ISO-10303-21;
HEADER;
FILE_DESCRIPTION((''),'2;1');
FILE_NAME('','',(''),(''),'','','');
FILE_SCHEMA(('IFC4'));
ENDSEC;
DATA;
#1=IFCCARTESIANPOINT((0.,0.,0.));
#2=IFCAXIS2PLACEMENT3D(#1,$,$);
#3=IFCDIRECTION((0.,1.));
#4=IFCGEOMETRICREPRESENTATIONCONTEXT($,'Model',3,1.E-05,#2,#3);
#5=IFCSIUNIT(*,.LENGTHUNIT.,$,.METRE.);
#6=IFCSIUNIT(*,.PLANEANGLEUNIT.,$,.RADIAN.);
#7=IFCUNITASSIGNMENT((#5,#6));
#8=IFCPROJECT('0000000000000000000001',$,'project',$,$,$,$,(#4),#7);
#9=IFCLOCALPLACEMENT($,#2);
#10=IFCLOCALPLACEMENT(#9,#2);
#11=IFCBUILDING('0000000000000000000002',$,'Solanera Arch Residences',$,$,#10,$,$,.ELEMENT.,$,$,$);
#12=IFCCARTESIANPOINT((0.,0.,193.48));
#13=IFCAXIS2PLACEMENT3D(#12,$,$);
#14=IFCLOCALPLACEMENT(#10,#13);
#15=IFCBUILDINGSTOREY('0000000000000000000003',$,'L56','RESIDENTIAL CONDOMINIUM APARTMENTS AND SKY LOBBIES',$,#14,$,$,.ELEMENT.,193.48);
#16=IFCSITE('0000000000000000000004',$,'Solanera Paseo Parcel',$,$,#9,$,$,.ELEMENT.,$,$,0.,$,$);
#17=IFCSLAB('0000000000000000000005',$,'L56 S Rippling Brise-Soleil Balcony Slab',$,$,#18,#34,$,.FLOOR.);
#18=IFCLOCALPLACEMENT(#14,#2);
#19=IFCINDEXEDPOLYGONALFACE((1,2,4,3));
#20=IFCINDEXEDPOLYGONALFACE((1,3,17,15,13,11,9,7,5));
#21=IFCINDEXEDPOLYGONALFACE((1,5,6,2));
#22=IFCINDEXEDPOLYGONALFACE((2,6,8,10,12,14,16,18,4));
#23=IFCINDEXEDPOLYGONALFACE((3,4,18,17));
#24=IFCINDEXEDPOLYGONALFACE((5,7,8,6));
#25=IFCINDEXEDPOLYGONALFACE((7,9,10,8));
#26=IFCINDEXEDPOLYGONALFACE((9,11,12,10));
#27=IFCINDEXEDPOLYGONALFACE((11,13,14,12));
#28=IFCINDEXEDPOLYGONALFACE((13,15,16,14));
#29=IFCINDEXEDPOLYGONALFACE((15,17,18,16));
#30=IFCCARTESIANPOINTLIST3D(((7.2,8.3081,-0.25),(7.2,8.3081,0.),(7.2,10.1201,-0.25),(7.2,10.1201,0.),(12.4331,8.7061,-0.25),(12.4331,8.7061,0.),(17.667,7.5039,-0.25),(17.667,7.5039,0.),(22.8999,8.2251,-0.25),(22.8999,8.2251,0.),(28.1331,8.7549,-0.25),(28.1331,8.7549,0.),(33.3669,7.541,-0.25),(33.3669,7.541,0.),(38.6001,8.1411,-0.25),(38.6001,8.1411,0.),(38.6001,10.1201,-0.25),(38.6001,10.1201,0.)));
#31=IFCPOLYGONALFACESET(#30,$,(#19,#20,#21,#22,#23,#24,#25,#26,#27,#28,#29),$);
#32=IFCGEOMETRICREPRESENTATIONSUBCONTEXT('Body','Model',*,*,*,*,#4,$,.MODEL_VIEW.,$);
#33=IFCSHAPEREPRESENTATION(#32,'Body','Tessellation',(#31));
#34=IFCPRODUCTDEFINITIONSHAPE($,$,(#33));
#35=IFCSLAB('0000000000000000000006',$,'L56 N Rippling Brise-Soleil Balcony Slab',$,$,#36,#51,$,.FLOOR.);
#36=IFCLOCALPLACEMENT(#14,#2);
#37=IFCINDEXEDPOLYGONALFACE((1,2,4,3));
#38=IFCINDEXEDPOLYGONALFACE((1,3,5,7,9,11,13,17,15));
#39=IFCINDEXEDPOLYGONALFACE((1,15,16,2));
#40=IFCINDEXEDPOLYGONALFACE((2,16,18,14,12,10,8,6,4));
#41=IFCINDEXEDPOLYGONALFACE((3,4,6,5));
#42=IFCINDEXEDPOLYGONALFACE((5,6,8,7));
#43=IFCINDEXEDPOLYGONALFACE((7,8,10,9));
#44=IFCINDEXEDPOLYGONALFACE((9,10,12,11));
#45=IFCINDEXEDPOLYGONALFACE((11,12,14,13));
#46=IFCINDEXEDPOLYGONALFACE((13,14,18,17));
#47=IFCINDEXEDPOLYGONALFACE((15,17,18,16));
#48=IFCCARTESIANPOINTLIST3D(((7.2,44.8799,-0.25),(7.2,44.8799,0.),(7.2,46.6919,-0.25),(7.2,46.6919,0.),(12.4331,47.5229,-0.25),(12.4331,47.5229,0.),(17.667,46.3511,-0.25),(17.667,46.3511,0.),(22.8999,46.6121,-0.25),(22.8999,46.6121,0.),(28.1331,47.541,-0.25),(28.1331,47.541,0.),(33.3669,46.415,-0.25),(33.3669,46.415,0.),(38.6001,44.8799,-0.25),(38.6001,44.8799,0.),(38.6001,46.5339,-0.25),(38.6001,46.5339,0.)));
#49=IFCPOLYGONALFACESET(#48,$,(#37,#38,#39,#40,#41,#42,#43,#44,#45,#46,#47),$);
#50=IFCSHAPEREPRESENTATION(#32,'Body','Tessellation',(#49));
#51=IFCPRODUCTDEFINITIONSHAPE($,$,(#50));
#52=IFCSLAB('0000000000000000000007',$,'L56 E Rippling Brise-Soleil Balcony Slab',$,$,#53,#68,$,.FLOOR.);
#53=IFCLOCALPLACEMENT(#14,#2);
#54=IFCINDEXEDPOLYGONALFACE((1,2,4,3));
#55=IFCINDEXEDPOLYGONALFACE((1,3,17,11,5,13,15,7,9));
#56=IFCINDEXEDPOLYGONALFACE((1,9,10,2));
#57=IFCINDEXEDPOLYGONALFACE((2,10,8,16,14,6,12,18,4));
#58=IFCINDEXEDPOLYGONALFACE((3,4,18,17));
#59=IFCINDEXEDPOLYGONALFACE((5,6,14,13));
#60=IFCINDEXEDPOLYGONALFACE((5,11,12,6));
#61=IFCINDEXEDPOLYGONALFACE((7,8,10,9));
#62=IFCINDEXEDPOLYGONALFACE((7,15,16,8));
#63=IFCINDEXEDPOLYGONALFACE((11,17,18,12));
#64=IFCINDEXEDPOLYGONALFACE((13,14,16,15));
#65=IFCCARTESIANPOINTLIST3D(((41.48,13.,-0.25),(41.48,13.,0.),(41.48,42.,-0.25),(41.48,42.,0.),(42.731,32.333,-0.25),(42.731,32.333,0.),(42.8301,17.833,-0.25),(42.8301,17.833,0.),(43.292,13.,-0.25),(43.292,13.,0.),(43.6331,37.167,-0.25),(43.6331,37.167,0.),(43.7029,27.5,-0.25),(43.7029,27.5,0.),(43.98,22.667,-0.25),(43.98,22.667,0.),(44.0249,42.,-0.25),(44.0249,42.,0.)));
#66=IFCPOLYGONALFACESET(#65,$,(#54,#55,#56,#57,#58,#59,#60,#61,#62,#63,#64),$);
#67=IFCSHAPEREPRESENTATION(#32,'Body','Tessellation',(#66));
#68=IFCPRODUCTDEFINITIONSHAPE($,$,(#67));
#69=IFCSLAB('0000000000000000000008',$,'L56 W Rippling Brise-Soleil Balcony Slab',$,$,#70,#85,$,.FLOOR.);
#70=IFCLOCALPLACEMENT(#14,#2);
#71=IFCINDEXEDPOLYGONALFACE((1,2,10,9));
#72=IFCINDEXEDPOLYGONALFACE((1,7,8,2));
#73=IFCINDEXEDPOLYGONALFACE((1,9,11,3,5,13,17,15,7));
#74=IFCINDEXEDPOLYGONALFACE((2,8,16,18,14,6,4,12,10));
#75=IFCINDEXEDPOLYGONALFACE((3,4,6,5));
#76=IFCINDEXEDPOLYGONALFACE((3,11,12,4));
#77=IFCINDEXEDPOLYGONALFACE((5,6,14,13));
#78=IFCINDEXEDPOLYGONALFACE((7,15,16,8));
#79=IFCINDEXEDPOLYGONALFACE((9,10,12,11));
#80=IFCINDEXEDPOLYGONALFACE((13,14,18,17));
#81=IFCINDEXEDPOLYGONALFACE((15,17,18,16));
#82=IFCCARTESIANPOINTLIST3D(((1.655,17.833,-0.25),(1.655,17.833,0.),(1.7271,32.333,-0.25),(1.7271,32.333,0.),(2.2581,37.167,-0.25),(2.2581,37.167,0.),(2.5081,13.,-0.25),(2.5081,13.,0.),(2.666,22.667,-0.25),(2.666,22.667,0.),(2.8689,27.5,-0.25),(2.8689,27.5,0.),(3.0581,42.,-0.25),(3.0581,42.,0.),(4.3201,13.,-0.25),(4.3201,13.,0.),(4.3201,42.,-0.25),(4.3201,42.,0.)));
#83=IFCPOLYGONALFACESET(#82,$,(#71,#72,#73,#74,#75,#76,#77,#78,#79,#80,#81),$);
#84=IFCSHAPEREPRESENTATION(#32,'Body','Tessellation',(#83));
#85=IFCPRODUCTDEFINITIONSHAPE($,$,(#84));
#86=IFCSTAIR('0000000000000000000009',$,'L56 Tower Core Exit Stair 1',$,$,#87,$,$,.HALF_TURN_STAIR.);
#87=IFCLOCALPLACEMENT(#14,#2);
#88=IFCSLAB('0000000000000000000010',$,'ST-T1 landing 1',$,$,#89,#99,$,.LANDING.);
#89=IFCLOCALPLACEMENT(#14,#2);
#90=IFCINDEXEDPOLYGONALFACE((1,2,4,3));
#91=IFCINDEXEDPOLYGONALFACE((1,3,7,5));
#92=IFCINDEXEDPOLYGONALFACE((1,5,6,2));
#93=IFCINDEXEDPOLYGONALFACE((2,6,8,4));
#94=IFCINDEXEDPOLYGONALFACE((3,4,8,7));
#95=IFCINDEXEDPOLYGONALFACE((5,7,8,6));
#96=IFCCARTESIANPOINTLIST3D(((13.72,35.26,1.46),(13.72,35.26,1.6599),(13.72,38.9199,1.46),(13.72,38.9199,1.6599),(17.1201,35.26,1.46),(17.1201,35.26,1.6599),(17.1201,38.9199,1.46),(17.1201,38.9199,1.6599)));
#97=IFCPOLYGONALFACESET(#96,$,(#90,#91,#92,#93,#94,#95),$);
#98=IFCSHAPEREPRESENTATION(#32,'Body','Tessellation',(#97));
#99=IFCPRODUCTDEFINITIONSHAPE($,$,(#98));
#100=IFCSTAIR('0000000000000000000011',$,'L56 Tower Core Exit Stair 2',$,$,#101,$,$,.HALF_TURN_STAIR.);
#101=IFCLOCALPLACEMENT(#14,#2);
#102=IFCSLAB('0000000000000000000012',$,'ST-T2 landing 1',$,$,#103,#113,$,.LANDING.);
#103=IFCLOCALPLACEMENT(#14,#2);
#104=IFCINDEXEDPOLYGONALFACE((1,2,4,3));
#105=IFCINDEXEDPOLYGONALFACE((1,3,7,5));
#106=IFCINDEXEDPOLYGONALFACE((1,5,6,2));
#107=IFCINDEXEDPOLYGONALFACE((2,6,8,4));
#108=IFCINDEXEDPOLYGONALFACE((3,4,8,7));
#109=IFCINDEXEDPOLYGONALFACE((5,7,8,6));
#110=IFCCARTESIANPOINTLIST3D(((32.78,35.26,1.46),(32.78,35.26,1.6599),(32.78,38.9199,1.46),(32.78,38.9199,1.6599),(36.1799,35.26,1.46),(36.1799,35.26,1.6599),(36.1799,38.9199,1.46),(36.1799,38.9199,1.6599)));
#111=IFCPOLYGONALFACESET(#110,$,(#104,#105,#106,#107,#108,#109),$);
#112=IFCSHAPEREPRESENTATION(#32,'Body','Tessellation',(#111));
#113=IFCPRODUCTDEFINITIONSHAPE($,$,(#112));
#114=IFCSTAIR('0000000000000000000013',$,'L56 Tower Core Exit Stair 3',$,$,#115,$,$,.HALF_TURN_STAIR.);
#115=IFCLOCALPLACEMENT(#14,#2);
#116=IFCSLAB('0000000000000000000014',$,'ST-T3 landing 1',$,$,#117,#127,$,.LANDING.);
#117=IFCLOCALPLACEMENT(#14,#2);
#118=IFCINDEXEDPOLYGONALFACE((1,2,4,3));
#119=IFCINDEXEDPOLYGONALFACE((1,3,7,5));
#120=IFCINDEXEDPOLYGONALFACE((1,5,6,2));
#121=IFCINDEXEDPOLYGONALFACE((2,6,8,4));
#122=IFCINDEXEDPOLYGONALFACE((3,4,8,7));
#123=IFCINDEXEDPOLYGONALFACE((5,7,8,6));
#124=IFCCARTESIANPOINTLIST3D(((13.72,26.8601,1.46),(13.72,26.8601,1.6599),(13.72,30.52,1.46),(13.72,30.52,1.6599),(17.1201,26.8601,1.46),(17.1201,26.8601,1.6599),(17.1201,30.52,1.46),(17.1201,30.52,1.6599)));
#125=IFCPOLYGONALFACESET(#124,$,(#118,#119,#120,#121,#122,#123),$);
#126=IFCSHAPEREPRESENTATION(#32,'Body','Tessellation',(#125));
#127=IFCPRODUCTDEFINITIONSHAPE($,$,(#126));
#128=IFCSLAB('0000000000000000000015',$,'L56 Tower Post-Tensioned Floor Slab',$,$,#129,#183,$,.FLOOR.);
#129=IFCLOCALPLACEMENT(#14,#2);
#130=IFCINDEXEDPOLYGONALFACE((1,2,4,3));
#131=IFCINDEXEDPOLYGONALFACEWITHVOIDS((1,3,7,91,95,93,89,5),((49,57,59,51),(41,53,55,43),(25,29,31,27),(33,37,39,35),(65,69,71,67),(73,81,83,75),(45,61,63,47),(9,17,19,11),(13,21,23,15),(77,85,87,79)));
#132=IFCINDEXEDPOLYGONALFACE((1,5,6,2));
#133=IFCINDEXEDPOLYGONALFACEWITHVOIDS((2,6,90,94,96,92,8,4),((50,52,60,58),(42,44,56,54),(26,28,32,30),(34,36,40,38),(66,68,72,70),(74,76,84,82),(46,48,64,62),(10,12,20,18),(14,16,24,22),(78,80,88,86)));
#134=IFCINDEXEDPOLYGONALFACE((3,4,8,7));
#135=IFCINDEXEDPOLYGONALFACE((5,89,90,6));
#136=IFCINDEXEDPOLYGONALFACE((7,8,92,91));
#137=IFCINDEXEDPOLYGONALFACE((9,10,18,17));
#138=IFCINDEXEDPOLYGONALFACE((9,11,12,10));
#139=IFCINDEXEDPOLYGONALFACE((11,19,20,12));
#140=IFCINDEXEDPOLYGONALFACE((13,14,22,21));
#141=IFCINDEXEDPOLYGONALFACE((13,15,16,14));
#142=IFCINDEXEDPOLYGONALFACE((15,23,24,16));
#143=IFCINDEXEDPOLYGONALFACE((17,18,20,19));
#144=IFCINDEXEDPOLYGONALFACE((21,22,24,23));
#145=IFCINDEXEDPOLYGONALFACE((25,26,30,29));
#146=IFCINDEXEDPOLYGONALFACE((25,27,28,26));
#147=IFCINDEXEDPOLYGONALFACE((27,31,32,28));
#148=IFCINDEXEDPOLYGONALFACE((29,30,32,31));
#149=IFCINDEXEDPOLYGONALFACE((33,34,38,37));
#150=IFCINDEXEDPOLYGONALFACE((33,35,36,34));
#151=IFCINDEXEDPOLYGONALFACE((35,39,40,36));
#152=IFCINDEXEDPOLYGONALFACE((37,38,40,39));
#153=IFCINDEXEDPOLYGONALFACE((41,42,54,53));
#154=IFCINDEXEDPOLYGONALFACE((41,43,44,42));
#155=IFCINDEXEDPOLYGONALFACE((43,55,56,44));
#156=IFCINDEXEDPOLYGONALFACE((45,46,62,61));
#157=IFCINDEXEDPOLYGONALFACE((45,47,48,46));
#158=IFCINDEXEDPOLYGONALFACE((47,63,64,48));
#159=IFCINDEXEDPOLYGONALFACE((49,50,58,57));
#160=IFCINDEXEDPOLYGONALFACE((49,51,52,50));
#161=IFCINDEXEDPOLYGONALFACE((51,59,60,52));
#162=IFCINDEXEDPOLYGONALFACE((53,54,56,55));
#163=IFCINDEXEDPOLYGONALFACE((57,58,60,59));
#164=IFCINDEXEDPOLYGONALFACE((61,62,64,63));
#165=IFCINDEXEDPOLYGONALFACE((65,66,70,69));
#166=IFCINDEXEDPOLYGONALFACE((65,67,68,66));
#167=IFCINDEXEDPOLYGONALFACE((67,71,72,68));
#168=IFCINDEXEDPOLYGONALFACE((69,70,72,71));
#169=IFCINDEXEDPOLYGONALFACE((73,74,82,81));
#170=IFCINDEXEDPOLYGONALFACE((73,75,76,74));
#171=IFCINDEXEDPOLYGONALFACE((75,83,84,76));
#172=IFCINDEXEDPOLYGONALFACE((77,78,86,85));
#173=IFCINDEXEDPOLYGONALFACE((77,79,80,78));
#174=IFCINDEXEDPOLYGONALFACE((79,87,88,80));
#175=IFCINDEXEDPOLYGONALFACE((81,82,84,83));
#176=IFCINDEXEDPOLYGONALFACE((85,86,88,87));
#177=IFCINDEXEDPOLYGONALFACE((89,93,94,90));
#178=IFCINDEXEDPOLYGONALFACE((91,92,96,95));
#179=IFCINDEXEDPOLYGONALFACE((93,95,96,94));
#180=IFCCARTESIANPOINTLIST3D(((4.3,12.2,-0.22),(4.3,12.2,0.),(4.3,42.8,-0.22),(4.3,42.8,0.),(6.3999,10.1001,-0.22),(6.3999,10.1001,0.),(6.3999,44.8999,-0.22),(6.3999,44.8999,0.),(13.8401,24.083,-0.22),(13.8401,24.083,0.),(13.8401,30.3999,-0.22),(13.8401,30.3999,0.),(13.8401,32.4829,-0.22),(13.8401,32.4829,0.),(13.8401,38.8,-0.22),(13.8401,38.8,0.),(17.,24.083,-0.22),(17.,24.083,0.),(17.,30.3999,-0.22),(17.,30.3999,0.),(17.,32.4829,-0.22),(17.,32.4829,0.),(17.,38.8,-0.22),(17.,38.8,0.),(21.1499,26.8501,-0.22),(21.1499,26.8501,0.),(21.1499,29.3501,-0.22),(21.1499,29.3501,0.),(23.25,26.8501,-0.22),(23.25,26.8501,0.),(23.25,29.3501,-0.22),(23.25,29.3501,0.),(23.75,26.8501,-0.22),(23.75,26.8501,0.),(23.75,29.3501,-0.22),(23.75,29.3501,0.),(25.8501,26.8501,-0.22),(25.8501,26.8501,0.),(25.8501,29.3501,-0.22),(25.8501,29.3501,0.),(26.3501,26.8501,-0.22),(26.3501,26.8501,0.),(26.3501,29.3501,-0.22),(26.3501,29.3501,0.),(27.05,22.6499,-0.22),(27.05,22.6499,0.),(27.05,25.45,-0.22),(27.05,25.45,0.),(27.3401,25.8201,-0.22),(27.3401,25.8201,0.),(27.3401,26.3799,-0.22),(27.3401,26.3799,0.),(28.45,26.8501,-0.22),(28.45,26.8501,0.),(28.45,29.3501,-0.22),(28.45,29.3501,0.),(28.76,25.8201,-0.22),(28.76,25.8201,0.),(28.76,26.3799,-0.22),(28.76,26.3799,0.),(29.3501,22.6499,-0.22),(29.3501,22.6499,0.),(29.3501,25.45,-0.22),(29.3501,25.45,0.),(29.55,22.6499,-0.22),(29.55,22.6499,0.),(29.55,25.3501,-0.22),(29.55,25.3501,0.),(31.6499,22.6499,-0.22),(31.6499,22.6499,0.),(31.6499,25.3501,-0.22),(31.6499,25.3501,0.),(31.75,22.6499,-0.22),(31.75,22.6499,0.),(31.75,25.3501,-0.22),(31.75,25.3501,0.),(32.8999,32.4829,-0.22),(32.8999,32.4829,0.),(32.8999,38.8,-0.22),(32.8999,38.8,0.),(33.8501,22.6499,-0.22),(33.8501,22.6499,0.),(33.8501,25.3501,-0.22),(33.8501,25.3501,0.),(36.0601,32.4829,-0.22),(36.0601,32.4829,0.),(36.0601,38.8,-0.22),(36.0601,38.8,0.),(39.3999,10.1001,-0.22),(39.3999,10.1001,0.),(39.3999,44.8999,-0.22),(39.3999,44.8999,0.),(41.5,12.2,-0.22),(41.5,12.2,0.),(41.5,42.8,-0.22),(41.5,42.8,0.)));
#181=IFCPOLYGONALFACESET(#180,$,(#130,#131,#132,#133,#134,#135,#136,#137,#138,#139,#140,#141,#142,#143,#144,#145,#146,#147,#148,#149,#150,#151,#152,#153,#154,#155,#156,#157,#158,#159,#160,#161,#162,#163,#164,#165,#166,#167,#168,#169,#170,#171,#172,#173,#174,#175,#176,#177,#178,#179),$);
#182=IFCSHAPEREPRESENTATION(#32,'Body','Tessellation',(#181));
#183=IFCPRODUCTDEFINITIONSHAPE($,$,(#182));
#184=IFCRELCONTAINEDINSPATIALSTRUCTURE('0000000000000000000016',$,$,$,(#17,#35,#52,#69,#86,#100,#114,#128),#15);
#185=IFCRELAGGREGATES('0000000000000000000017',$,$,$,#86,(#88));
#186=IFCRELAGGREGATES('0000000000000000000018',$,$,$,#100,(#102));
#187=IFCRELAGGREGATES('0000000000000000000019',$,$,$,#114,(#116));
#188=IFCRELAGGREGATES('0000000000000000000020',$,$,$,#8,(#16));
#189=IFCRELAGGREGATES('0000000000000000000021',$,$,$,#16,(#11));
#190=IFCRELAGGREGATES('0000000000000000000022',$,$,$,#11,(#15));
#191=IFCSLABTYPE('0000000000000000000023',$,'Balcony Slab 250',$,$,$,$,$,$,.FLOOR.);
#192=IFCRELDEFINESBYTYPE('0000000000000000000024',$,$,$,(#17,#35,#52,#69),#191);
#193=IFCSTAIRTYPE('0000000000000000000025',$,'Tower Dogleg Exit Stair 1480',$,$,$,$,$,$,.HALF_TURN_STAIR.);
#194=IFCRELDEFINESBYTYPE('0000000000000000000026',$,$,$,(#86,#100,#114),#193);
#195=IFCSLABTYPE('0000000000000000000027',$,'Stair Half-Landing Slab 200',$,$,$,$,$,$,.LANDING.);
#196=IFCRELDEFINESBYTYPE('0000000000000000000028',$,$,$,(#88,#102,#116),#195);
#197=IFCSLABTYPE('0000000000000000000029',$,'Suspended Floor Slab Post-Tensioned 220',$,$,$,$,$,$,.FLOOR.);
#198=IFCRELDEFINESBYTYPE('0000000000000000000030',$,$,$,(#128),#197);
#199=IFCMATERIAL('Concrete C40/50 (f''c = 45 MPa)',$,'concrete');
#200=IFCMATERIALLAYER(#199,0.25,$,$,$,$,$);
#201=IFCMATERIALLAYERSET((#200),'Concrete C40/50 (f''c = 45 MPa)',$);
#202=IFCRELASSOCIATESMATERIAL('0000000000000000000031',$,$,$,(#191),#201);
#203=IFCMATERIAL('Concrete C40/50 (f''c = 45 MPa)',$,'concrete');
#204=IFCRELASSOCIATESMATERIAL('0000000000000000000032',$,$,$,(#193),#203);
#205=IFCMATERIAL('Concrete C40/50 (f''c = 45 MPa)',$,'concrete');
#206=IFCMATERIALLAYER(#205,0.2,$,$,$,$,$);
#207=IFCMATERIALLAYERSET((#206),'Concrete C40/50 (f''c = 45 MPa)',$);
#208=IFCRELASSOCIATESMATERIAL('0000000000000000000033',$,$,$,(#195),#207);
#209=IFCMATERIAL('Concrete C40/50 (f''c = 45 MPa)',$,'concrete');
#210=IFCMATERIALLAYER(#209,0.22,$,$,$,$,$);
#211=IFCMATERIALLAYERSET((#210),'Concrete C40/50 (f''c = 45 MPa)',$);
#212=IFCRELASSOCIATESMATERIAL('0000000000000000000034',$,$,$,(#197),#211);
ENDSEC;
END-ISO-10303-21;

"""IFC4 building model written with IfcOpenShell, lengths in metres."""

from ifc_helpers import new_model, si_unit, direction, frame, origin, place, context, subcontext, project, spatial, polyline, outline, extrude, material, layer, layer_set, type_object, element, aggregate, save


model = new_model("IFC4")

# Units and contexts
model_context = context("Model", 3, precision=1e-05, world=origin(), true_north=direction((0.0, 1.0)))
body_context = subcontext(model_context, "Body", "Model", "MODEL_VIEW")
ifc_project = project(units=[si_unit("LENGTHUNIT", "METRE"), si_unit("PLANEANGLEUNIT", "RADIAN")], contexts=[model_context])

# Site, building, storey
site_placement = place(None, origin())
site = spatial("IfcSite", under=ifc_project, at=site_placement, Name="Solanera Paseo Parcel", CompositionType="ELEMENT", RefElevation=0.0)
building_placement = place(site_placement, origin())
building = spatial("IfcBuilding", under=site, at=building_placement, Name="Solanera Arch Residences", CompositionType="ELEMENT")
storey_placement = place(building_placement, frame((0.0, 0.0, 193.48)))
storey = spatial("IfcBuildingStorey", under=building, at=storey_placement, Name="L56", Description="RESIDENTIAL CONDOMINIUM APARTMENTS AND SKY LOBBIES", CompositionType="ELEMENT", Elevation=193.48)

# Slabs
ifc_material_1 = material(Name="Concrete C40/50 (f'c = 45 MPa)", Category="concrete")
ifc_layer_1 = layer(ifc_material_1, 0.25)
ifc_layer_set_1 = layer_set([ifc_layer_1], Name="Concrete C40/50 (f'c = 45 MPa)")
slab_type_1 = type_object("IfcSlabType", Name="Balcony Slab 250", PredefinedType="FLOOR", material=ifc_layer_set_1)
slab_1_placement = place(storey_placement, frame((0.0, 0.0, -0.25)))
element("IfcSlab", 1, at=slab_1_placement, inside=storey, type_object=slab_type_1, Name="L56 S Rippling Brise-Soleil Balcony Slab", PredefinedType="FLOOR", context=body_context, shape_type="SweptSolid", body=[
    extrude(outline(polyline([(7.2, 8.3081), (12.4331, 8.7061), (17.667, 7.5039), (22.8999, 8.2251), (28.1331, 8.7549), (33.3669, 7.541), (38.6001, 8.1411), (38.6001, 10.1201), (7.2, 10.1201), (7.2, 8.3081)])), origin(), (0.0, 0.0, 1.0), 0.25),
])
slab_2_placement = place(storey_placement, frame((0.0, 0.0, -0.25)))
element("IfcSlab", 2, at=slab_2_placement, inside=storey, type_object=slab_type_1, Name="L56 N Rippling Brise-Soleil Balcony Slab", PredefinedType="FLOOR", context=body_context, shape_type="SweptSolid", body=[
    extrude(outline(polyline([(38.6001, 46.5339), (33.3669, 46.415), (28.1331, 47.541), (22.8999, 46.6121), (17.667, 46.3511), (12.4331, 47.5229), (7.2, 46.6919), (7.2, 44.8799), (38.6001, 44.8799), (38.6001, 46.5339)])), origin(), (0.0, 0.0, 1.0), 0.25),
])
slab_3_placement = place(storey_placement, frame((0.0, 0.0, -0.25)))
element("IfcSlab", 3, at=slab_3_placement, inside=storey, type_object=slab_type_1, Name="L56 E Rippling Brise-Soleil Balcony Slab", PredefinedType="FLOOR", context=body_context, shape_type="SweptSolid", body=[
    extrude(outline(polyline([(43.292, 13.0), (42.8301, 17.833), (43.98, 22.667), (43.7029, 27.5), (42.731, 32.333), (43.6331, 37.167), (44.0249, 42.0), (41.48, 42.0), (41.48, 13.0), (43.292, 13.0)])), origin(), (0.0, 0.0, 1.0), 0.25),
])
slab_4_placement = place(storey_placement, frame((0.0, 0.0, -0.25)))
element("IfcSlab", 4, at=slab_4_placement, inside=storey, type_object=slab_type_1, Name="L56 W Rippling Brise-Soleil Balcony Slab", PredefinedType="FLOOR", context=body_context, shape_type="SweptSolid", body=[
    extrude(outline(polyline([(3.0581, 42.0), (2.2581, 37.167), (1.7271, 32.333), (2.8689, 27.5), (2.666, 22.667), (1.655, 17.833), (2.5081, 13.0), (4.3201, 13.0), (4.3201, 42.0), (3.0581, 42.0)])), origin(), (0.0, 0.0, 1.0), 0.25),
])

# Stairs, slabs
ifc_material_2 = material(Name="Concrete C40/50 (f'c = 45 MPa)", Category="concrete")
stair_type = type_object("IfcStairType", Name="Tower Dogleg Exit Stair 1480", PredefinedType="HALF_TURN_STAIR", material=ifc_material_2)
stair_1_placement = place(storey_placement, origin())
stair_1 = element("IfcStair", 5, at=stair_1_placement, inside=storey, type_object=stair_type, Name="L56 Tower Core Exit Stair 1", PredefinedType="HALF_TURN_STAIR")
ifc_material_3 = material(Name="Concrete C40/50 (f'c = 45 MPa)", Category="concrete")
ifc_layer_2 = layer(ifc_material_3, 0.2)
ifc_layer_set_2 = layer_set([ifc_layer_2], Name="Concrete C40/50 (f'c = 45 MPa)")
slab_type_2 = type_object("IfcSlabType", Name="Stair Half-Landing Slab 200", PredefinedType="LANDING", material=ifc_layer_set_2)
slab_5_placement = place(storey_placement, frame((0.0, 0.0, 1.46)))
slab_5 = element("IfcSlab", 6, at=slab_5_placement, type_object=slab_type_2, Name="ST-T1 landing 1", PredefinedType="LANDING", context=body_context, shape_type="SweptSolid", body=[
    extrude(outline(polyline([(17.1201, 35.26), (17.1201, 38.9199), (13.72, 38.9199), (13.72, 35.26), (17.1201, 35.26)])), origin(), (0.0, 0.0, 1.0), 0.2),
])
aggregate(stair_1, [slab_5])
stair_2_placement = place(storey_placement, origin())
stair_2 = element("IfcStair", 7, at=stair_2_placement, inside=storey, type_object=stair_type, Name="L56 Tower Core Exit Stair 2", PredefinedType="HALF_TURN_STAIR")
slab_6_placement = place(storey_placement, frame((0.0, 0.0, 1.46)))
slab_6 = element("IfcSlab", 8, at=slab_6_placement, type_object=slab_type_2, Name="ST-T2 landing 1", PredefinedType="LANDING", context=body_context, shape_type="SweptSolid", body=[
    extrude(outline(polyline([(36.1799, 35.26), (36.1799, 38.9199), (32.78, 38.9199), (32.78, 35.26), (36.1799, 35.26)])), origin(), (0.0, 0.0, 1.0), 0.2),
])
aggregate(stair_2, [slab_6])
stair_3_placement = place(storey_placement, origin())
stair_3 = element("IfcStair", 9, at=stair_3_placement, inside=storey, type_object=stair_type, Name="L56 Tower Core Exit Stair 3", PredefinedType="HALF_TURN_STAIR")
slab_7_placement = place(storey_placement, frame((0.0, 0.0, 1.46)))
slab_7 = element("IfcSlab", 10, at=slab_7_placement, type_object=slab_type_2, Name="ST-T3 landing 1", PredefinedType="LANDING", context=body_context, shape_type="SweptSolid", body=[
    extrude(outline(polyline([(17.1201, 26.8601), (17.1201, 30.52), (13.72, 30.52), (13.72, 26.8601), (17.1201, 26.8601)])), origin(), (0.0, 0.0, 1.0), 0.2),
])
aggregate(stair_3, [slab_7])

# Slab
ifc_material_4 = material(Name="Concrete C40/50 (f'c = 45 MPa)", Category="concrete")
ifc_layer_3 = layer(ifc_material_4, 0.22)
ifc_layer_set_3 = layer_set([ifc_layer_3], Name="Concrete C40/50 (f'c = 45 MPa)")
slab_type_3 = type_object("IfcSlabType", Name="Suspended Floor Slab Post-Tensioned 220", PredefinedType="FLOOR", material=ifc_layer_set_3)
slab_8_placement = place(storey_placement, frame((0.0, 0.0, -0.22)))
element("IfcSlab", 11, at=slab_8_placement, inside=storey, type_object=slab_type_3, Name="L56 Tower Post-Tensioned Floor Slab", PredefinedType="FLOOR", context=body_context, shape_type="SweptSolid", body=[
    extrude(outline(polyline([(6.3999, 10.1001), (39.3999, 10.1001), (41.5, 12.2), (41.5, 42.8), (39.3999, 44.8999), (6.3999, 44.8999), (4.3, 42.8), (4.3, 12.2), (6.3999, 10.1001)]), holes=[polyline([(13.8401, 32.4829), (13.8401, 38.8), (17.0, 38.8), (17.0, 32.4829), (13.8401, 32.4829)]), polyline([(32.8999, 32.4829), (32.8999, 38.8), (36.0601, 38.8), (36.0601, 32.4829), (32.8999, 32.4829)]), polyline([(13.8401, 24.083), (13.8401, 30.3999), (17.0, 30.3999), (17.0, 24.083), (13.8401, 24.083)]), polyline([(21.1499, 29.3501), (23.25, 29.3501), (23.25, 26.8501), (21.1499, 26.8501), (21.1499, 29.3501)]), polyline([(23.75, 29.3501), (25.8501, 29.3501), (25.8501, 26.8501), (23.75, 26.8501), (23.75, 29.3501)]), polyline([(26.3501, 29.3501), (28.45, 29.3501), (28.45, 26.8501), (26.3501, 26.8501), (26.3501, 29.3501)]), polyline([(29.55, 25.3501), (31.6499, 25.3501), (31.6499, 22.6499), (29.55, 22.6499), (29.55, 25.3501)]), polyline([(31.75, 25.3501), (33.8501, 25.3501), (33.8501, 22.6499), (31.75, 22.6499), (31.75, 25.3501)]), polyline([(27.05, 25.45), (29.3501, 25.45), (29.3501, 22.6499), (27.05, 22.6499), (27.05, 25.45)]), polyline([(27.3401, 26.3799), (28.76, 26.3799), (28.76, 25.8201), (27.3401, 25.8201), (27.3401, 26.3799)])]), origin(), (0.0, 0.0, 1.0), 0.22),
])

save(model, "model.ifc")
